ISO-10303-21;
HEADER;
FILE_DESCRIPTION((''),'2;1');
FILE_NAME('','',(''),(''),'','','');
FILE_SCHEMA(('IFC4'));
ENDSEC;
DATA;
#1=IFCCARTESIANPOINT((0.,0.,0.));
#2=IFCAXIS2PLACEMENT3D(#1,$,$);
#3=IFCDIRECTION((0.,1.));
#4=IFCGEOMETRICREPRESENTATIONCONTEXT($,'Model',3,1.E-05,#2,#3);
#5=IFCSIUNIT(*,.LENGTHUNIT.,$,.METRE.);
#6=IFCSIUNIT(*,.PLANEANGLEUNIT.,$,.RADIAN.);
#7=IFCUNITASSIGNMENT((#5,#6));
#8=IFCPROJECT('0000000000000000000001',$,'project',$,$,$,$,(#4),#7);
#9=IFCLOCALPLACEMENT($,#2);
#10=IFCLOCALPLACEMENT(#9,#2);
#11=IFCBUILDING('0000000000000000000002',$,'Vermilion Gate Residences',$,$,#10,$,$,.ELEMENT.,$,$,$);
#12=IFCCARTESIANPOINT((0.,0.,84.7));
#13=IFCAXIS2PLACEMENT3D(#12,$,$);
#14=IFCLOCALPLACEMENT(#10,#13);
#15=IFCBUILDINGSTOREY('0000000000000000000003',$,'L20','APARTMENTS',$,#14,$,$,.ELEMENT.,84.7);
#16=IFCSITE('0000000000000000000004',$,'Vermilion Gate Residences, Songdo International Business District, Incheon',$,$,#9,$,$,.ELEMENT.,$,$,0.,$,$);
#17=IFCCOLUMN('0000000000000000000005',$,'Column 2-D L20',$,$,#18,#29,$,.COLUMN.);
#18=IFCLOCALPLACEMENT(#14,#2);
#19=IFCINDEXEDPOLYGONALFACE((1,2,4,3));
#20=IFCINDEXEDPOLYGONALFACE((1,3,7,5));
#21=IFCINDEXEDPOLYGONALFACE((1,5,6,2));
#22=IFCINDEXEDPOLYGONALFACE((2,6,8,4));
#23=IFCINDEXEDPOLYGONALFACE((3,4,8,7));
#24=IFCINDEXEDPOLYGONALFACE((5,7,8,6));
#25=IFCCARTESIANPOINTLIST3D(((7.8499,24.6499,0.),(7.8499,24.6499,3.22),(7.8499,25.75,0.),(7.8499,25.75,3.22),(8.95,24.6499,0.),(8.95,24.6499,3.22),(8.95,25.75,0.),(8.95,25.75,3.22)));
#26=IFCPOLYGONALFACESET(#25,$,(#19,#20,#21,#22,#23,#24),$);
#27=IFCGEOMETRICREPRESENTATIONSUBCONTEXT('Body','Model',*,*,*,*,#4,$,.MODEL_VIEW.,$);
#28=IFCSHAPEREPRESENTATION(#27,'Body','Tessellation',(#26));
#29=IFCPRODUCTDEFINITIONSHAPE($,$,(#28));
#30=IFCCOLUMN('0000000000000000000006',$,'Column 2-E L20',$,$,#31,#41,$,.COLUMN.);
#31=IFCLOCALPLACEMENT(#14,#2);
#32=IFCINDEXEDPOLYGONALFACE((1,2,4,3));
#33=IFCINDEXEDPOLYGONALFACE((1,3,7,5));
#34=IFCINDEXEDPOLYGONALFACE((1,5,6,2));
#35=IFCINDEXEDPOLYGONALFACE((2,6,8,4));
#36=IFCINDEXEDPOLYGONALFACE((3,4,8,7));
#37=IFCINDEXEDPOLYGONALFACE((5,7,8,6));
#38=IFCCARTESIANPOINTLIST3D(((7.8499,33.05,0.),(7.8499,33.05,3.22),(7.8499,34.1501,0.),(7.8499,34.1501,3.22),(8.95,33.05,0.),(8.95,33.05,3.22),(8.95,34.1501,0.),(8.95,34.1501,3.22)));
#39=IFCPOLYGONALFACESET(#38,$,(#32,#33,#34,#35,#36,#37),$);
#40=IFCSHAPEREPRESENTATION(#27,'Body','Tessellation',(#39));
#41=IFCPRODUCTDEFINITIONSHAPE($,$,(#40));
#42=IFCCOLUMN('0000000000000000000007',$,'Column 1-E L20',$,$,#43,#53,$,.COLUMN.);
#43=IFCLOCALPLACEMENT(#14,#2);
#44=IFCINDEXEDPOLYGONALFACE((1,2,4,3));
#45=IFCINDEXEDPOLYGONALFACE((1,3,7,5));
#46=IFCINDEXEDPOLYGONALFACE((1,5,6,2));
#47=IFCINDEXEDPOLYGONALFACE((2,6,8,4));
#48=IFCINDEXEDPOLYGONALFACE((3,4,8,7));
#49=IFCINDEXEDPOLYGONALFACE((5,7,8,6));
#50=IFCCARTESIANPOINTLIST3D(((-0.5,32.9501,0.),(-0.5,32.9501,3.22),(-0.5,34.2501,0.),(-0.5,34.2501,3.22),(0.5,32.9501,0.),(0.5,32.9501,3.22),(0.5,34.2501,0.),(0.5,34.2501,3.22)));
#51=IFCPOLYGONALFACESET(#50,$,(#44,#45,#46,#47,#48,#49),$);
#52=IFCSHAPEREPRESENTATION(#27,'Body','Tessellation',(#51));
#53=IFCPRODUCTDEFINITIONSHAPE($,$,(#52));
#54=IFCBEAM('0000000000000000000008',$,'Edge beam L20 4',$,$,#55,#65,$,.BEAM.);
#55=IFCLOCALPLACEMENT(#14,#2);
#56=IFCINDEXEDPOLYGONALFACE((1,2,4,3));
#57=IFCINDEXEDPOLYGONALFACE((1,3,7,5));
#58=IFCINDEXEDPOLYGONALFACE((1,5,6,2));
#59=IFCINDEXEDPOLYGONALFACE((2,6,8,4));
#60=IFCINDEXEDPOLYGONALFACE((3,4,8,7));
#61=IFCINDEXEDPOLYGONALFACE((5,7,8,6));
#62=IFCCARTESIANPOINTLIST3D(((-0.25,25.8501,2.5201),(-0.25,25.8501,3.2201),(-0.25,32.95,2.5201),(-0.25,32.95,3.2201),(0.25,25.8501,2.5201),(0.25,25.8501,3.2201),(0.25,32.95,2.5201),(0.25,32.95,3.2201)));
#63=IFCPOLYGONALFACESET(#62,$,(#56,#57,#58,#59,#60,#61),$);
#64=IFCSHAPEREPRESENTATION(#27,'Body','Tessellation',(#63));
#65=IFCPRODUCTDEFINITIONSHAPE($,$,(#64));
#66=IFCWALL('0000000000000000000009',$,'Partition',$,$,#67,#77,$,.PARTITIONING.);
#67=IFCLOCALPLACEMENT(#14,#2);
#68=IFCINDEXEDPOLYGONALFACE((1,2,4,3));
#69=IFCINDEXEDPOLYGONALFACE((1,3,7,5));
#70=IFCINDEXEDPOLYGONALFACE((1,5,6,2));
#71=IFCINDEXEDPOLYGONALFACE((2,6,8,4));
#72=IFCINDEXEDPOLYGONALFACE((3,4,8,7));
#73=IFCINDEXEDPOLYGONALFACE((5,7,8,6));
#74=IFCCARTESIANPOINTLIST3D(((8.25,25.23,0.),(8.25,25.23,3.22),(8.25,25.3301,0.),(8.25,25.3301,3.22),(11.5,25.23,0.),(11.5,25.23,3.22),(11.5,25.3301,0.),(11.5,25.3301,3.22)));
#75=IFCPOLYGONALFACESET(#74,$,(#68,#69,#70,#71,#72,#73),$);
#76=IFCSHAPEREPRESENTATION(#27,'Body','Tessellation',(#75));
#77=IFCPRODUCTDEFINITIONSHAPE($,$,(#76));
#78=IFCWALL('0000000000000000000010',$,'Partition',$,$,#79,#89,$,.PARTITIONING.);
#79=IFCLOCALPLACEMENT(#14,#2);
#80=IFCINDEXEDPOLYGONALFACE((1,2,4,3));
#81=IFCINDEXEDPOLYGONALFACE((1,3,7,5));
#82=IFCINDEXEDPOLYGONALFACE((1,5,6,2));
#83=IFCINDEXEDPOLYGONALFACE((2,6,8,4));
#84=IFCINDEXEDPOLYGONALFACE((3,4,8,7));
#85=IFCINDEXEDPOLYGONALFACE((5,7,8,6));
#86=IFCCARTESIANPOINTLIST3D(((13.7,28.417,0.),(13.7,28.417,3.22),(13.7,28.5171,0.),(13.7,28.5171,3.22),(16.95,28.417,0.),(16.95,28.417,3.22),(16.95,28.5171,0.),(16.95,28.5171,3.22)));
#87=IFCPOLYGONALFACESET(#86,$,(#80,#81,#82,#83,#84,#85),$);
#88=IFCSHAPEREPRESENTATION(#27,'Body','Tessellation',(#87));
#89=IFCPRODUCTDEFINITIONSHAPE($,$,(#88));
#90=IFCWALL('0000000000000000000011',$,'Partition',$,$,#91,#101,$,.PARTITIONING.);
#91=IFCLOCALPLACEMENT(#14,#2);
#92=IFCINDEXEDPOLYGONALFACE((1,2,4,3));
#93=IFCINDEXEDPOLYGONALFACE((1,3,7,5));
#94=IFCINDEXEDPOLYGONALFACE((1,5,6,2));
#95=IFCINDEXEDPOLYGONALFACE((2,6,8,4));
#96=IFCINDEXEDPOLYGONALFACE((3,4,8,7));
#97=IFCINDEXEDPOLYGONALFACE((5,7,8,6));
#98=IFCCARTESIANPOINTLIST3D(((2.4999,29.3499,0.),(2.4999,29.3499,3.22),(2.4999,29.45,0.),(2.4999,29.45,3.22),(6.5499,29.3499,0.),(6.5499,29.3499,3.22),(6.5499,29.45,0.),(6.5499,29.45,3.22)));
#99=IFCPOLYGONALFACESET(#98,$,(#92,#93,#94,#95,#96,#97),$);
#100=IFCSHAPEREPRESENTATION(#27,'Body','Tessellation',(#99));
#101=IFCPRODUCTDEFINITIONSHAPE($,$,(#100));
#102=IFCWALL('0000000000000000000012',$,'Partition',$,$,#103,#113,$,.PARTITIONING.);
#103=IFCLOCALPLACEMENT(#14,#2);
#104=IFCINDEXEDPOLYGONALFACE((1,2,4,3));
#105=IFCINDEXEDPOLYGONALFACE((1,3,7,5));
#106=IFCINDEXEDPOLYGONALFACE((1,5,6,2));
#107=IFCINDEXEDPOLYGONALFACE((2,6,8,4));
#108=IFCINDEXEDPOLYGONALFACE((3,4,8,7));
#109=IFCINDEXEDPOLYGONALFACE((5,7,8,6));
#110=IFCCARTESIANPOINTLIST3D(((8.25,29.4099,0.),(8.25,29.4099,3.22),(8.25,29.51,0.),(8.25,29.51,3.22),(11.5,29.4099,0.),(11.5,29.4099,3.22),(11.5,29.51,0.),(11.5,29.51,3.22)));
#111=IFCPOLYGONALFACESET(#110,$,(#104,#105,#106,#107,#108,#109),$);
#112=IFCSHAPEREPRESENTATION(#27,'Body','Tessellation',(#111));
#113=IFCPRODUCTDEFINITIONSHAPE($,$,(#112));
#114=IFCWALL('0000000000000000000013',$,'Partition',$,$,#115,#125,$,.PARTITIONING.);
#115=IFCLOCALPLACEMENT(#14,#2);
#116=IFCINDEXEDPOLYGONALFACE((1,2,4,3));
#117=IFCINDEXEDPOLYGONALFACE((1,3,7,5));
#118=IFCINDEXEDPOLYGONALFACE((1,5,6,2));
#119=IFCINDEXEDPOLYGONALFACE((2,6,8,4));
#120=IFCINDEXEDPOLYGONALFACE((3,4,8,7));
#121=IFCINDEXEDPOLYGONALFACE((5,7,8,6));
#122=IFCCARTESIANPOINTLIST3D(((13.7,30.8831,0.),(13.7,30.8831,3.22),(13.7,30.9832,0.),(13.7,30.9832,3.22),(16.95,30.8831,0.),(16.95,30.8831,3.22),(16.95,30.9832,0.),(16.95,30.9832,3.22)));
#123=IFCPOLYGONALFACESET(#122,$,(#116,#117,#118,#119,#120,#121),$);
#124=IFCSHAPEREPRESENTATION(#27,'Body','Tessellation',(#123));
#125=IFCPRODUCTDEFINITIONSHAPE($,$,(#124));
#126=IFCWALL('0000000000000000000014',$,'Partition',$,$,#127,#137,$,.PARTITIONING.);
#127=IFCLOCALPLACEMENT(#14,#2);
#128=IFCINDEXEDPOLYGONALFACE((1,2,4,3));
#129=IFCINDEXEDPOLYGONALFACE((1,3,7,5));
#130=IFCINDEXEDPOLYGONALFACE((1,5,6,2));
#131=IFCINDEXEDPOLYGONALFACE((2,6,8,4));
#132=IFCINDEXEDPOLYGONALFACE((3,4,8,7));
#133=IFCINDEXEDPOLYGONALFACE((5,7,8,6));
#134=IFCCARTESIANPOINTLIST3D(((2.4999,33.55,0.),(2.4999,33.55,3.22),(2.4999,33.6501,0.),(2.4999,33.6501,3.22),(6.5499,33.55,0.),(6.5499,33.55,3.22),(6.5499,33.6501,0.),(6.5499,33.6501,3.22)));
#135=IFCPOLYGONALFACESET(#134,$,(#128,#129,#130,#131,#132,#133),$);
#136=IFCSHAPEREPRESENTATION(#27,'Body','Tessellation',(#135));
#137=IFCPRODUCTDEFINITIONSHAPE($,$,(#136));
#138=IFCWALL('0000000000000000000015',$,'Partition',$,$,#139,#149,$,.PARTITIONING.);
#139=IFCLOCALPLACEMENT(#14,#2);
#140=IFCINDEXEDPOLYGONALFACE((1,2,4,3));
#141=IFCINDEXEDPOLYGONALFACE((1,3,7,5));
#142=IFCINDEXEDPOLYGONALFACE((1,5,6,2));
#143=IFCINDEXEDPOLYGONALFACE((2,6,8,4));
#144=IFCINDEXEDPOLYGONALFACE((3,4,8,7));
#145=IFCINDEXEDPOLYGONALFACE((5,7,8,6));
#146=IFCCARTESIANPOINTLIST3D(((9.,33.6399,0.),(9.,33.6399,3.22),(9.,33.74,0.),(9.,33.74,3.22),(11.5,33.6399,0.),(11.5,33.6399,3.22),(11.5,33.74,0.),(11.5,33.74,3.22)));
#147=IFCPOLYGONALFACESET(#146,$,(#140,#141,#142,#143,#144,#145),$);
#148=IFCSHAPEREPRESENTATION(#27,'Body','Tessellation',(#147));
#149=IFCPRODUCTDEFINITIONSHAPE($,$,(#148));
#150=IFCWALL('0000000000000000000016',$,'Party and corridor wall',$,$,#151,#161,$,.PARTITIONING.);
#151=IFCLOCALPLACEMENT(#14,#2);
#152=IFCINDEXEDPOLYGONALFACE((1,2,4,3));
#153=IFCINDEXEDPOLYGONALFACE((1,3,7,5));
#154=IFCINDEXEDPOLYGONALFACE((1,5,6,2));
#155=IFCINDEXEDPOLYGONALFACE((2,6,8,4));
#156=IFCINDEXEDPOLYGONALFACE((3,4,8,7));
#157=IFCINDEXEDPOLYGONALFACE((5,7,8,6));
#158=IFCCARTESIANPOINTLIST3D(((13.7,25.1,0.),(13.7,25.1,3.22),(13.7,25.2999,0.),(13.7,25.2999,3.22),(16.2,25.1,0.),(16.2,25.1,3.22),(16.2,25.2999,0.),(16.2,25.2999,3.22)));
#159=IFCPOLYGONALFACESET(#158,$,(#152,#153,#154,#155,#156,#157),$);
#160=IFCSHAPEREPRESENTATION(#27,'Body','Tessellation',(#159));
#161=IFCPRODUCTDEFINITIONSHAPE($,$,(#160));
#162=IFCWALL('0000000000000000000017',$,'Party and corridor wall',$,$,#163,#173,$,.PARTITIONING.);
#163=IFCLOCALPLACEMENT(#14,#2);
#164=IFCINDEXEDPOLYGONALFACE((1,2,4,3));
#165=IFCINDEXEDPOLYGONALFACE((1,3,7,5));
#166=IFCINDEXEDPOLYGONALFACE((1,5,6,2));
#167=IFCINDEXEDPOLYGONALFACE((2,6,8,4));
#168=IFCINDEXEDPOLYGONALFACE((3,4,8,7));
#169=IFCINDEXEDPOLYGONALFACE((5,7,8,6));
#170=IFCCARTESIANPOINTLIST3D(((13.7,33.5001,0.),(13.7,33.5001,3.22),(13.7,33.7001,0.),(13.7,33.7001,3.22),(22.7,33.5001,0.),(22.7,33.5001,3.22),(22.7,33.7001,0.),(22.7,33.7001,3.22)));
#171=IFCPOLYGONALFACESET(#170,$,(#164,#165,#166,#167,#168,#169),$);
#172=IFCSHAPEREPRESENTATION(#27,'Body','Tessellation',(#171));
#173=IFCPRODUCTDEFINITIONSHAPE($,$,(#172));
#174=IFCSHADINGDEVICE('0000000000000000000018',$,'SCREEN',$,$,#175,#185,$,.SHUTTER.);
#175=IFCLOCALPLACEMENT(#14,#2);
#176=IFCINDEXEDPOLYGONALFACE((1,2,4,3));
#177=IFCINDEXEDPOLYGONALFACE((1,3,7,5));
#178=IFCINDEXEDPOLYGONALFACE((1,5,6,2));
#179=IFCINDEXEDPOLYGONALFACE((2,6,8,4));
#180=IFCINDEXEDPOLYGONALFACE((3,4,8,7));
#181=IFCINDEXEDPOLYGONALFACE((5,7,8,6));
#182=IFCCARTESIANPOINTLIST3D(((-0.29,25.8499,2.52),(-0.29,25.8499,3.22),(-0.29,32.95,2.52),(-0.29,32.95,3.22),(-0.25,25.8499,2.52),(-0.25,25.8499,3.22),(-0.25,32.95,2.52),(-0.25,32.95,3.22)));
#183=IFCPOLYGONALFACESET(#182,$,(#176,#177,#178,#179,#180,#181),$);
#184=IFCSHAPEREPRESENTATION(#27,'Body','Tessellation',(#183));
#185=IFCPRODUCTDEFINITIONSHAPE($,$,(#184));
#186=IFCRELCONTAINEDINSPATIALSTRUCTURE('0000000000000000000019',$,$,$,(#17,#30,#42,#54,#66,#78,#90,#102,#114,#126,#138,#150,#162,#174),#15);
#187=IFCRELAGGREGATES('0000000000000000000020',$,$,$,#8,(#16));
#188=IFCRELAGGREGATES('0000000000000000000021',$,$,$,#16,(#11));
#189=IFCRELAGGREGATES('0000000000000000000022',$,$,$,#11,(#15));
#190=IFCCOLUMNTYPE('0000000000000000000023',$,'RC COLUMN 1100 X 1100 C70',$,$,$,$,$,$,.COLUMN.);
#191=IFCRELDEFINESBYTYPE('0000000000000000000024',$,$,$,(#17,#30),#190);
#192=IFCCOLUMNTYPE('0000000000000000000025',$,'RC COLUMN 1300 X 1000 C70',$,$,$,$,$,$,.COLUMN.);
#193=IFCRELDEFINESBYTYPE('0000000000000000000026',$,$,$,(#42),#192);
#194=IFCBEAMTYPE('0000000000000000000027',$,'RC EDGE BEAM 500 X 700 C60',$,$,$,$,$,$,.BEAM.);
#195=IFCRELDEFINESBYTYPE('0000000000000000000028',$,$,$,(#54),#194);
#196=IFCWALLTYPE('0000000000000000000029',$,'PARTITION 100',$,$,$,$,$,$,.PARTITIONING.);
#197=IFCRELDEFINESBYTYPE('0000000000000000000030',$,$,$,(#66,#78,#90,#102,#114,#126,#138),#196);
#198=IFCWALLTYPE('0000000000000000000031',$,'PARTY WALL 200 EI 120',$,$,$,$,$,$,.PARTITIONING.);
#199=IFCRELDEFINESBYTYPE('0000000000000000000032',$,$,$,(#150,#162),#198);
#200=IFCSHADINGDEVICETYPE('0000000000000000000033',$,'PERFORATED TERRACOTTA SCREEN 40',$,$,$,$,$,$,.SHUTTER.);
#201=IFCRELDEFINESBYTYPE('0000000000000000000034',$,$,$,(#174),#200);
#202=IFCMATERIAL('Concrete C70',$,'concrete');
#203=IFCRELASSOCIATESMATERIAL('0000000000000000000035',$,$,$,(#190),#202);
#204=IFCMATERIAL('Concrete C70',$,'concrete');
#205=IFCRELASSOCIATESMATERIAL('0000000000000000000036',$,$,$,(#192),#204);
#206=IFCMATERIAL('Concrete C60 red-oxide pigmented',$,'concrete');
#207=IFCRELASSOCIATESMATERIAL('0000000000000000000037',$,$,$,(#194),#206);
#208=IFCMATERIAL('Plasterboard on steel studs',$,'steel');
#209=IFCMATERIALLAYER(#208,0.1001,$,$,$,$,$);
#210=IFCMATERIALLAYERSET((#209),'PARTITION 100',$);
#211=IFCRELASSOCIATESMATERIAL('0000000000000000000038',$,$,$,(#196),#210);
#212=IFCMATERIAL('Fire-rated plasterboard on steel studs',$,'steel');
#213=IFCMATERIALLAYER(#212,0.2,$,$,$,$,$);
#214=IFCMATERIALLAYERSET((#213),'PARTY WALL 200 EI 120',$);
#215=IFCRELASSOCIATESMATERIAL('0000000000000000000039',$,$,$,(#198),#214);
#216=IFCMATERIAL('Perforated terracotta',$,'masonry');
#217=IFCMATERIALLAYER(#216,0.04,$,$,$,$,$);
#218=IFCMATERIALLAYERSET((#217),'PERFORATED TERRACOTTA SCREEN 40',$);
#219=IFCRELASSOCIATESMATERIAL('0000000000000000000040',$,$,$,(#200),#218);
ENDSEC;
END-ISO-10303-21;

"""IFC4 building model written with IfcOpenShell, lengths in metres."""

from ifc_helpers import new_model, si_unit, direction, frame, frame_2d, origin, origin_2d, place, context, subcontext, project, spatial, rectangle, extrude, material, layer, layer_set, material_profile, profile_set, type_object, element, save


model = new_model("IFC4")

# Units and contexts
model_context = context("Model", 3, precision=1e-05, world=origin(), true_north=direction((0.0, 1.0)))
body_context = subcontext(model_context, "Body", "Model", "MODEL_VIEW")
ifc_project = project(units=[si_unit("LENGTHUNIT", "METRE"), si_unit("PLANEANGLEUNIT", "RADIAN")], contexts=[model_context])

# Site, building, storey
site_placement = place(None, origin())
site = spatial("IfcSite", under=ifc_project, at=site_placement, Name="Vermilion Gate Residences, Songdo International Business District, Incheon", CompositionType="ELEMENT", RefElevation=0.0)
building_placement = place(site_placement, origin())
building = spatial("IfcBuilding", under=site, at=building_placement, Name="Vermilion Gate Residences", CompositionType="ELEMENT")
storey_placement = place(building_placement, frame((0.0, 0.0, 84.7)))
storey = spatial("IfcBuildingStorey", under=building, at=storey_placement, Name="L20", Description="APARTMENTS", CompositionType="ELEMENT", Elevation=84.7)

# Columns
ifc_material_1 = material(Name="Concrete C70", Category="concrete")
ifc_material_profile_1 = material_profile(ifc_material_1, rectangle(XDim=1.1001, YDim=1.1001, at=origin_2d()), Name="RC-1100x1100")
ifc_profile_set_1 = profile_set([ifc_material_profile_1], Name="Concrete C70")
column_type_1 = type_object("IfcColumnType", Name="RC COLUMN 1100 X 1100 C70", PredefinedType="COLUMN", material=ifc_profile_set_1)
for number, where, z_axis, x_axis, name in (
    (1, (8.3999, 25.2, 0.0), (0.0, 0.0, 1.0), (1.0, 0.0, 0.0), "Column 2-D L20"),
    (2, (8.3999, 33.6001, 0.0), (0.0, 0.0, 1.0), (1.0, 0.0, 0.0), "Column 2-E L20"),
):
    element("IfcColumn", number, at=place(storey_placement, frame(where, z_axis=z_axis, x_axis=x_axis)), inside=storey, type_object=column_type_1, Name=name, PredefinedType="COLUMN", context=body_context, shape_type="SweptSolid", body=[
        extrude(rectangle(XDim=1.1001, YDim=1.1001, at=origin_2d()), origin(), (0.0, 0.0, 1.0), 3.22),
    ])
ifc_material_2 = material(Name="Concrete C70", Category="concrete")
ifc_material_profile_2 = material_profile(ifc_material_2, rectangle(XDim=1.3, YDim=1.0, at=origin_2d()), Name="RC-1300x1000")
ifc_profile_set_2 = profile_set([ifc_material_profile_2], Name="Concrete C70")
column_type_2 = type_object("IfcColumnType", Name="RC COLUMN 1300 X 1000 C70", PredefinedType="COLUMN", material=ifc_profile_set_2)
column_placement = place(storey_placement, frame((0.0, 33.6001, 0.0), z_axis=(0.0, 0.0, 1.0), x_axis=(0.0, 1.0, 0.0)))
element("IfcColumn", 3, at=column_placement, inside=storey, type_object=column_type_2, Name="Column 1-E L20", PredefinedType="COLUMN", context=body_context, shape_type="SweptSolid", body=[
    extrude(rectangle(XDim=1.3, YDim=1.0, at=origin_2d()), origin(), (0.0, 0.0, 1.0), 3.22),
])

# Beam
ifc_material_3 = material(Name="Concrete C60 red-oxide pigmented", Category="concrete")
ifc_material_profile_3 = material_profile(ifc_material_3, rectangle(XDim=0.5, YDim=0.7, at=origin_2d()), Name="RC-500x700")
ifc_profile_set_3 = profile_set([ifc_material_profile_3], Name="Concrete C60 red-oxide pigmented")
beam_type = type_object("IfcBeamType", Name="RC EDGE BEAM 500 X 700 C60", PredefinedType="BEAM", material=ifc_profile_set_3)
beam_placement = place(storey_placement, frame((0.0, 25.8501, 2.8701), z_axis=(0.0, 1.0, 0.0), x_axis=(-1.0, 0.0, 0.0)))
element("IfcBeam", 4, at=beam_placement, inside=storey, type_object=beam_type, Name="Edge beam L20 4", PredefinedType="BEAM", context=body_context, shape_type="SweptSolid", body=[
    extrude(rectangle(XDim=0.5, YDim=0.7, at=origin_2d()), origin(), (0.0, 0.0, 1.0), 7.0999),
])

# Walls
ifc_material_4 = material(Name="Plasterboard on steel studs", Category="steel")
ifc_layer_1 = layer(ifc_material_4, 0.1001)
ifc_layer_set_1 = layer_set([ifc_layer_1], Name="PARTITION 100")
wall_type_1 = type_object("IfcWallType", Name="PARTITION 100", PredefinedType="PARTITIONING", material=ifc_layer_set_1)
for number, where, z_axis, x_axis, name in (
    (5, (8.25, 25.28, 0.0), (0.0, 0.0, 1.0), (1.0, 0.0, 0.0), "Partition"),
    (6, (13.7, 28.467, 0.0), (0.0, 0.0, 1.0), (1.0, 0.0, 0.0), "Partition"),
):
    element("IfcWall", number, at=place(storey_placement, frame(where, z_axis=z_axis, x_axis=x_axis)), inside=storey, type_object=wall_type_1, Name=name, PredefinedType="PARTITIONING", context=body_context, shape_type="SweptSolid", body=[
        extrude(rectangle(XDim=3.25, YDim=0.1001, at=frame_2d((1.625, 0.0))), origin(), (0.0, 0.0, 1.0), 3.22),
    ])
wall_1_placement = place(storey_placement, frame((2.5, 29.3999, 0.0), z_axis=(0.0, 0.0, 1.0), x_axis=(1.0, 0.0, 0.0)))
element("IfcWall", 7, at=wall_1_placement, inside=storey, type_object=wall_type_1, Name="Partition", PredefinedType="PARTITIONING", context=body_context, shape_type="SweptSolid", body=[
    extrude(rectangle(XDim=4.05, YDim=0.1001, at=frame_2d((2.0249, 0.0))), origin(), (0.0, 0.0, 1.0), 3.22),
])
for number, where, z_axis, x_axis, name in (
    (8, (8.25, 29.46, 0.0), (0.0, 0.0, 1.0), (1.0, 0.0, 0.0), "Partition"),
    (9, (13.7, 30.9331, 0.0), (0.0, 0.0, 1.0), (1.0, 0.0, 0.0), "Partition"),
):
    element("IfcWall", number, at=place(storey_placement, frame(where, z_axis=z_axis, x_axis=x_axis)), inside=storey, type_object=wall_type_1, Name=name, PredefinedType="PARTITIONING", context=body_context, shape_type="SweptSolid", body=[
        extrude(rectangle(XDim=3.25, YDim=0.1001, at=frame_2d((1.625, 0.0))), origin(), (0.0, 0.0, 1.0), 3.22),
    ])
wall_2_placement = place(storey_placement, frame((2.5, 33.6001, 0.0), z_axis=(0.0, 0.0, 1.0), x_axis=(1.0, 0.0, 0.0)))
element("IfcWall", 10, at=wall_2_placement, inside=storey, type_object=wall_type_1, Name="Partition", PredefinedType="PARTITIONING", context=body_context, shape_type="SweptSolid", body=[
    extrude(rectangle(XDim=4.05, YDim=0.1001, at=frame_2d((2.0249, 0.0))), origin(), (0.0, 0.0, 1.0), 3.22),
])
wall_3_placement = place(storey_placement, frame((9.0, 33.6899, 0.0), z_axis=(0.0, 0.0, 1.0), x_axis=(1.0, 0.0, 0.0)))
element("IfcWall", 11, at=wall_3_placement, inside=storey, type_object=wall_type_1, Name="Partition", PredefinedType="PARTITIONING", context=body_context, shape_type="SweptSolid", body=[
    extrude(rectangle(XDim=2.5, YDim=0.1001, at=frame_2d((1.25, 0.0))), origin(), (0.0, 0.0, 1.0), 3.22),
])
ifc_material_5 = material(Name="Fire-rated plasterboard on steel studs", Category="steel")
ifc_layer_2 = layer(ifc_material_5, 0.2)
ifc_layer_set_2 = layer_set([ifc_layer_2], Name="PARTY WALL 200 EI 120")
wall_type_2 = type_object("IfcWallType", Name="PARTY WALL 200 EI 120", PredefinedType="PARTITIONING", material=ifc_layer_set_2)
wall_4_placement = place(storey_placement, frame((13.7, 25.2, 0.0), z_axis=(0.0, 0.0, 1.0), x_axis=(1.0, 0.0, 0.0)))
element("IfcWall", 12, at=wall_4_placement, inside=storey, type_object=wall_type_2, Name="Party and corridor wall", PredefinedType="PARTITIONING", context=body_context, shape_type="SweptSolid", body=[
    extrude(rectangle(XDim=2.5, YDim=0.2, at=frame_2d((1.25, 0.0))), origin(), (0.0, 0.0, 1.0), 3.22),
])
wall_5_placement = place(storey_placement, frame((13.7, 33.6001, 0.0), z_axis=(0.0, 0.0, 1.0), x_axis=(1.0, 0.0, 0.0)))
element("IfcWall", 13, at=wall_5_placement, inside=storey, type_object=wall_type_2, Name="Party and corridor wall", PredefinedType="PARTITIONING", context=body_context, shape_type="SweptSolid", body=[
    extrude(rectangle(XDim=9.0, YDim=0.2, at=frame_2d((4.5, 0.0))), origin(), (0.0, 0.0, 1.0), 3.22),
])

# Shading device
ifc_material_6 = material(Name="Perforated terracotta", Category="masonry")
ifc_layer_3 = layer(ifc_material_6, 0.04)
ifc_layer_set_3 = layer_set([ifc_layer_3], Name="PERFORATED TERRACOTTA SCREEN 40")
shading_device_type_1 = type_object("IfcShadingDeviceType", Name="PERFORATED TERRACOTTA SCREEN 40", PredefinedType="SHUTTER", material=ifc_layer_set_3)
shading_device_1_placement = place(storey_placement, frame((-0.27, 29.3999, 2.52), z_axis=(0.0, 0.0, 1.0), x_axis=(0.0, -1.0, 0.0)))
element("IfcShadingDevice", 14, at=shading_device_1_placement, inside=storey, type_object=shading_device_type_1, Name="SCREEN", PredefinedType="SHUTTER", context=body_context, shape_type="SweptSolid", body=[
    extrude(rectangle(XDim=7.1001, YDim=0.04, at=origin_2d()), origin(), (0.0, 0.0, 1.0), 0.7),
])

save(model, "model.ifc")
